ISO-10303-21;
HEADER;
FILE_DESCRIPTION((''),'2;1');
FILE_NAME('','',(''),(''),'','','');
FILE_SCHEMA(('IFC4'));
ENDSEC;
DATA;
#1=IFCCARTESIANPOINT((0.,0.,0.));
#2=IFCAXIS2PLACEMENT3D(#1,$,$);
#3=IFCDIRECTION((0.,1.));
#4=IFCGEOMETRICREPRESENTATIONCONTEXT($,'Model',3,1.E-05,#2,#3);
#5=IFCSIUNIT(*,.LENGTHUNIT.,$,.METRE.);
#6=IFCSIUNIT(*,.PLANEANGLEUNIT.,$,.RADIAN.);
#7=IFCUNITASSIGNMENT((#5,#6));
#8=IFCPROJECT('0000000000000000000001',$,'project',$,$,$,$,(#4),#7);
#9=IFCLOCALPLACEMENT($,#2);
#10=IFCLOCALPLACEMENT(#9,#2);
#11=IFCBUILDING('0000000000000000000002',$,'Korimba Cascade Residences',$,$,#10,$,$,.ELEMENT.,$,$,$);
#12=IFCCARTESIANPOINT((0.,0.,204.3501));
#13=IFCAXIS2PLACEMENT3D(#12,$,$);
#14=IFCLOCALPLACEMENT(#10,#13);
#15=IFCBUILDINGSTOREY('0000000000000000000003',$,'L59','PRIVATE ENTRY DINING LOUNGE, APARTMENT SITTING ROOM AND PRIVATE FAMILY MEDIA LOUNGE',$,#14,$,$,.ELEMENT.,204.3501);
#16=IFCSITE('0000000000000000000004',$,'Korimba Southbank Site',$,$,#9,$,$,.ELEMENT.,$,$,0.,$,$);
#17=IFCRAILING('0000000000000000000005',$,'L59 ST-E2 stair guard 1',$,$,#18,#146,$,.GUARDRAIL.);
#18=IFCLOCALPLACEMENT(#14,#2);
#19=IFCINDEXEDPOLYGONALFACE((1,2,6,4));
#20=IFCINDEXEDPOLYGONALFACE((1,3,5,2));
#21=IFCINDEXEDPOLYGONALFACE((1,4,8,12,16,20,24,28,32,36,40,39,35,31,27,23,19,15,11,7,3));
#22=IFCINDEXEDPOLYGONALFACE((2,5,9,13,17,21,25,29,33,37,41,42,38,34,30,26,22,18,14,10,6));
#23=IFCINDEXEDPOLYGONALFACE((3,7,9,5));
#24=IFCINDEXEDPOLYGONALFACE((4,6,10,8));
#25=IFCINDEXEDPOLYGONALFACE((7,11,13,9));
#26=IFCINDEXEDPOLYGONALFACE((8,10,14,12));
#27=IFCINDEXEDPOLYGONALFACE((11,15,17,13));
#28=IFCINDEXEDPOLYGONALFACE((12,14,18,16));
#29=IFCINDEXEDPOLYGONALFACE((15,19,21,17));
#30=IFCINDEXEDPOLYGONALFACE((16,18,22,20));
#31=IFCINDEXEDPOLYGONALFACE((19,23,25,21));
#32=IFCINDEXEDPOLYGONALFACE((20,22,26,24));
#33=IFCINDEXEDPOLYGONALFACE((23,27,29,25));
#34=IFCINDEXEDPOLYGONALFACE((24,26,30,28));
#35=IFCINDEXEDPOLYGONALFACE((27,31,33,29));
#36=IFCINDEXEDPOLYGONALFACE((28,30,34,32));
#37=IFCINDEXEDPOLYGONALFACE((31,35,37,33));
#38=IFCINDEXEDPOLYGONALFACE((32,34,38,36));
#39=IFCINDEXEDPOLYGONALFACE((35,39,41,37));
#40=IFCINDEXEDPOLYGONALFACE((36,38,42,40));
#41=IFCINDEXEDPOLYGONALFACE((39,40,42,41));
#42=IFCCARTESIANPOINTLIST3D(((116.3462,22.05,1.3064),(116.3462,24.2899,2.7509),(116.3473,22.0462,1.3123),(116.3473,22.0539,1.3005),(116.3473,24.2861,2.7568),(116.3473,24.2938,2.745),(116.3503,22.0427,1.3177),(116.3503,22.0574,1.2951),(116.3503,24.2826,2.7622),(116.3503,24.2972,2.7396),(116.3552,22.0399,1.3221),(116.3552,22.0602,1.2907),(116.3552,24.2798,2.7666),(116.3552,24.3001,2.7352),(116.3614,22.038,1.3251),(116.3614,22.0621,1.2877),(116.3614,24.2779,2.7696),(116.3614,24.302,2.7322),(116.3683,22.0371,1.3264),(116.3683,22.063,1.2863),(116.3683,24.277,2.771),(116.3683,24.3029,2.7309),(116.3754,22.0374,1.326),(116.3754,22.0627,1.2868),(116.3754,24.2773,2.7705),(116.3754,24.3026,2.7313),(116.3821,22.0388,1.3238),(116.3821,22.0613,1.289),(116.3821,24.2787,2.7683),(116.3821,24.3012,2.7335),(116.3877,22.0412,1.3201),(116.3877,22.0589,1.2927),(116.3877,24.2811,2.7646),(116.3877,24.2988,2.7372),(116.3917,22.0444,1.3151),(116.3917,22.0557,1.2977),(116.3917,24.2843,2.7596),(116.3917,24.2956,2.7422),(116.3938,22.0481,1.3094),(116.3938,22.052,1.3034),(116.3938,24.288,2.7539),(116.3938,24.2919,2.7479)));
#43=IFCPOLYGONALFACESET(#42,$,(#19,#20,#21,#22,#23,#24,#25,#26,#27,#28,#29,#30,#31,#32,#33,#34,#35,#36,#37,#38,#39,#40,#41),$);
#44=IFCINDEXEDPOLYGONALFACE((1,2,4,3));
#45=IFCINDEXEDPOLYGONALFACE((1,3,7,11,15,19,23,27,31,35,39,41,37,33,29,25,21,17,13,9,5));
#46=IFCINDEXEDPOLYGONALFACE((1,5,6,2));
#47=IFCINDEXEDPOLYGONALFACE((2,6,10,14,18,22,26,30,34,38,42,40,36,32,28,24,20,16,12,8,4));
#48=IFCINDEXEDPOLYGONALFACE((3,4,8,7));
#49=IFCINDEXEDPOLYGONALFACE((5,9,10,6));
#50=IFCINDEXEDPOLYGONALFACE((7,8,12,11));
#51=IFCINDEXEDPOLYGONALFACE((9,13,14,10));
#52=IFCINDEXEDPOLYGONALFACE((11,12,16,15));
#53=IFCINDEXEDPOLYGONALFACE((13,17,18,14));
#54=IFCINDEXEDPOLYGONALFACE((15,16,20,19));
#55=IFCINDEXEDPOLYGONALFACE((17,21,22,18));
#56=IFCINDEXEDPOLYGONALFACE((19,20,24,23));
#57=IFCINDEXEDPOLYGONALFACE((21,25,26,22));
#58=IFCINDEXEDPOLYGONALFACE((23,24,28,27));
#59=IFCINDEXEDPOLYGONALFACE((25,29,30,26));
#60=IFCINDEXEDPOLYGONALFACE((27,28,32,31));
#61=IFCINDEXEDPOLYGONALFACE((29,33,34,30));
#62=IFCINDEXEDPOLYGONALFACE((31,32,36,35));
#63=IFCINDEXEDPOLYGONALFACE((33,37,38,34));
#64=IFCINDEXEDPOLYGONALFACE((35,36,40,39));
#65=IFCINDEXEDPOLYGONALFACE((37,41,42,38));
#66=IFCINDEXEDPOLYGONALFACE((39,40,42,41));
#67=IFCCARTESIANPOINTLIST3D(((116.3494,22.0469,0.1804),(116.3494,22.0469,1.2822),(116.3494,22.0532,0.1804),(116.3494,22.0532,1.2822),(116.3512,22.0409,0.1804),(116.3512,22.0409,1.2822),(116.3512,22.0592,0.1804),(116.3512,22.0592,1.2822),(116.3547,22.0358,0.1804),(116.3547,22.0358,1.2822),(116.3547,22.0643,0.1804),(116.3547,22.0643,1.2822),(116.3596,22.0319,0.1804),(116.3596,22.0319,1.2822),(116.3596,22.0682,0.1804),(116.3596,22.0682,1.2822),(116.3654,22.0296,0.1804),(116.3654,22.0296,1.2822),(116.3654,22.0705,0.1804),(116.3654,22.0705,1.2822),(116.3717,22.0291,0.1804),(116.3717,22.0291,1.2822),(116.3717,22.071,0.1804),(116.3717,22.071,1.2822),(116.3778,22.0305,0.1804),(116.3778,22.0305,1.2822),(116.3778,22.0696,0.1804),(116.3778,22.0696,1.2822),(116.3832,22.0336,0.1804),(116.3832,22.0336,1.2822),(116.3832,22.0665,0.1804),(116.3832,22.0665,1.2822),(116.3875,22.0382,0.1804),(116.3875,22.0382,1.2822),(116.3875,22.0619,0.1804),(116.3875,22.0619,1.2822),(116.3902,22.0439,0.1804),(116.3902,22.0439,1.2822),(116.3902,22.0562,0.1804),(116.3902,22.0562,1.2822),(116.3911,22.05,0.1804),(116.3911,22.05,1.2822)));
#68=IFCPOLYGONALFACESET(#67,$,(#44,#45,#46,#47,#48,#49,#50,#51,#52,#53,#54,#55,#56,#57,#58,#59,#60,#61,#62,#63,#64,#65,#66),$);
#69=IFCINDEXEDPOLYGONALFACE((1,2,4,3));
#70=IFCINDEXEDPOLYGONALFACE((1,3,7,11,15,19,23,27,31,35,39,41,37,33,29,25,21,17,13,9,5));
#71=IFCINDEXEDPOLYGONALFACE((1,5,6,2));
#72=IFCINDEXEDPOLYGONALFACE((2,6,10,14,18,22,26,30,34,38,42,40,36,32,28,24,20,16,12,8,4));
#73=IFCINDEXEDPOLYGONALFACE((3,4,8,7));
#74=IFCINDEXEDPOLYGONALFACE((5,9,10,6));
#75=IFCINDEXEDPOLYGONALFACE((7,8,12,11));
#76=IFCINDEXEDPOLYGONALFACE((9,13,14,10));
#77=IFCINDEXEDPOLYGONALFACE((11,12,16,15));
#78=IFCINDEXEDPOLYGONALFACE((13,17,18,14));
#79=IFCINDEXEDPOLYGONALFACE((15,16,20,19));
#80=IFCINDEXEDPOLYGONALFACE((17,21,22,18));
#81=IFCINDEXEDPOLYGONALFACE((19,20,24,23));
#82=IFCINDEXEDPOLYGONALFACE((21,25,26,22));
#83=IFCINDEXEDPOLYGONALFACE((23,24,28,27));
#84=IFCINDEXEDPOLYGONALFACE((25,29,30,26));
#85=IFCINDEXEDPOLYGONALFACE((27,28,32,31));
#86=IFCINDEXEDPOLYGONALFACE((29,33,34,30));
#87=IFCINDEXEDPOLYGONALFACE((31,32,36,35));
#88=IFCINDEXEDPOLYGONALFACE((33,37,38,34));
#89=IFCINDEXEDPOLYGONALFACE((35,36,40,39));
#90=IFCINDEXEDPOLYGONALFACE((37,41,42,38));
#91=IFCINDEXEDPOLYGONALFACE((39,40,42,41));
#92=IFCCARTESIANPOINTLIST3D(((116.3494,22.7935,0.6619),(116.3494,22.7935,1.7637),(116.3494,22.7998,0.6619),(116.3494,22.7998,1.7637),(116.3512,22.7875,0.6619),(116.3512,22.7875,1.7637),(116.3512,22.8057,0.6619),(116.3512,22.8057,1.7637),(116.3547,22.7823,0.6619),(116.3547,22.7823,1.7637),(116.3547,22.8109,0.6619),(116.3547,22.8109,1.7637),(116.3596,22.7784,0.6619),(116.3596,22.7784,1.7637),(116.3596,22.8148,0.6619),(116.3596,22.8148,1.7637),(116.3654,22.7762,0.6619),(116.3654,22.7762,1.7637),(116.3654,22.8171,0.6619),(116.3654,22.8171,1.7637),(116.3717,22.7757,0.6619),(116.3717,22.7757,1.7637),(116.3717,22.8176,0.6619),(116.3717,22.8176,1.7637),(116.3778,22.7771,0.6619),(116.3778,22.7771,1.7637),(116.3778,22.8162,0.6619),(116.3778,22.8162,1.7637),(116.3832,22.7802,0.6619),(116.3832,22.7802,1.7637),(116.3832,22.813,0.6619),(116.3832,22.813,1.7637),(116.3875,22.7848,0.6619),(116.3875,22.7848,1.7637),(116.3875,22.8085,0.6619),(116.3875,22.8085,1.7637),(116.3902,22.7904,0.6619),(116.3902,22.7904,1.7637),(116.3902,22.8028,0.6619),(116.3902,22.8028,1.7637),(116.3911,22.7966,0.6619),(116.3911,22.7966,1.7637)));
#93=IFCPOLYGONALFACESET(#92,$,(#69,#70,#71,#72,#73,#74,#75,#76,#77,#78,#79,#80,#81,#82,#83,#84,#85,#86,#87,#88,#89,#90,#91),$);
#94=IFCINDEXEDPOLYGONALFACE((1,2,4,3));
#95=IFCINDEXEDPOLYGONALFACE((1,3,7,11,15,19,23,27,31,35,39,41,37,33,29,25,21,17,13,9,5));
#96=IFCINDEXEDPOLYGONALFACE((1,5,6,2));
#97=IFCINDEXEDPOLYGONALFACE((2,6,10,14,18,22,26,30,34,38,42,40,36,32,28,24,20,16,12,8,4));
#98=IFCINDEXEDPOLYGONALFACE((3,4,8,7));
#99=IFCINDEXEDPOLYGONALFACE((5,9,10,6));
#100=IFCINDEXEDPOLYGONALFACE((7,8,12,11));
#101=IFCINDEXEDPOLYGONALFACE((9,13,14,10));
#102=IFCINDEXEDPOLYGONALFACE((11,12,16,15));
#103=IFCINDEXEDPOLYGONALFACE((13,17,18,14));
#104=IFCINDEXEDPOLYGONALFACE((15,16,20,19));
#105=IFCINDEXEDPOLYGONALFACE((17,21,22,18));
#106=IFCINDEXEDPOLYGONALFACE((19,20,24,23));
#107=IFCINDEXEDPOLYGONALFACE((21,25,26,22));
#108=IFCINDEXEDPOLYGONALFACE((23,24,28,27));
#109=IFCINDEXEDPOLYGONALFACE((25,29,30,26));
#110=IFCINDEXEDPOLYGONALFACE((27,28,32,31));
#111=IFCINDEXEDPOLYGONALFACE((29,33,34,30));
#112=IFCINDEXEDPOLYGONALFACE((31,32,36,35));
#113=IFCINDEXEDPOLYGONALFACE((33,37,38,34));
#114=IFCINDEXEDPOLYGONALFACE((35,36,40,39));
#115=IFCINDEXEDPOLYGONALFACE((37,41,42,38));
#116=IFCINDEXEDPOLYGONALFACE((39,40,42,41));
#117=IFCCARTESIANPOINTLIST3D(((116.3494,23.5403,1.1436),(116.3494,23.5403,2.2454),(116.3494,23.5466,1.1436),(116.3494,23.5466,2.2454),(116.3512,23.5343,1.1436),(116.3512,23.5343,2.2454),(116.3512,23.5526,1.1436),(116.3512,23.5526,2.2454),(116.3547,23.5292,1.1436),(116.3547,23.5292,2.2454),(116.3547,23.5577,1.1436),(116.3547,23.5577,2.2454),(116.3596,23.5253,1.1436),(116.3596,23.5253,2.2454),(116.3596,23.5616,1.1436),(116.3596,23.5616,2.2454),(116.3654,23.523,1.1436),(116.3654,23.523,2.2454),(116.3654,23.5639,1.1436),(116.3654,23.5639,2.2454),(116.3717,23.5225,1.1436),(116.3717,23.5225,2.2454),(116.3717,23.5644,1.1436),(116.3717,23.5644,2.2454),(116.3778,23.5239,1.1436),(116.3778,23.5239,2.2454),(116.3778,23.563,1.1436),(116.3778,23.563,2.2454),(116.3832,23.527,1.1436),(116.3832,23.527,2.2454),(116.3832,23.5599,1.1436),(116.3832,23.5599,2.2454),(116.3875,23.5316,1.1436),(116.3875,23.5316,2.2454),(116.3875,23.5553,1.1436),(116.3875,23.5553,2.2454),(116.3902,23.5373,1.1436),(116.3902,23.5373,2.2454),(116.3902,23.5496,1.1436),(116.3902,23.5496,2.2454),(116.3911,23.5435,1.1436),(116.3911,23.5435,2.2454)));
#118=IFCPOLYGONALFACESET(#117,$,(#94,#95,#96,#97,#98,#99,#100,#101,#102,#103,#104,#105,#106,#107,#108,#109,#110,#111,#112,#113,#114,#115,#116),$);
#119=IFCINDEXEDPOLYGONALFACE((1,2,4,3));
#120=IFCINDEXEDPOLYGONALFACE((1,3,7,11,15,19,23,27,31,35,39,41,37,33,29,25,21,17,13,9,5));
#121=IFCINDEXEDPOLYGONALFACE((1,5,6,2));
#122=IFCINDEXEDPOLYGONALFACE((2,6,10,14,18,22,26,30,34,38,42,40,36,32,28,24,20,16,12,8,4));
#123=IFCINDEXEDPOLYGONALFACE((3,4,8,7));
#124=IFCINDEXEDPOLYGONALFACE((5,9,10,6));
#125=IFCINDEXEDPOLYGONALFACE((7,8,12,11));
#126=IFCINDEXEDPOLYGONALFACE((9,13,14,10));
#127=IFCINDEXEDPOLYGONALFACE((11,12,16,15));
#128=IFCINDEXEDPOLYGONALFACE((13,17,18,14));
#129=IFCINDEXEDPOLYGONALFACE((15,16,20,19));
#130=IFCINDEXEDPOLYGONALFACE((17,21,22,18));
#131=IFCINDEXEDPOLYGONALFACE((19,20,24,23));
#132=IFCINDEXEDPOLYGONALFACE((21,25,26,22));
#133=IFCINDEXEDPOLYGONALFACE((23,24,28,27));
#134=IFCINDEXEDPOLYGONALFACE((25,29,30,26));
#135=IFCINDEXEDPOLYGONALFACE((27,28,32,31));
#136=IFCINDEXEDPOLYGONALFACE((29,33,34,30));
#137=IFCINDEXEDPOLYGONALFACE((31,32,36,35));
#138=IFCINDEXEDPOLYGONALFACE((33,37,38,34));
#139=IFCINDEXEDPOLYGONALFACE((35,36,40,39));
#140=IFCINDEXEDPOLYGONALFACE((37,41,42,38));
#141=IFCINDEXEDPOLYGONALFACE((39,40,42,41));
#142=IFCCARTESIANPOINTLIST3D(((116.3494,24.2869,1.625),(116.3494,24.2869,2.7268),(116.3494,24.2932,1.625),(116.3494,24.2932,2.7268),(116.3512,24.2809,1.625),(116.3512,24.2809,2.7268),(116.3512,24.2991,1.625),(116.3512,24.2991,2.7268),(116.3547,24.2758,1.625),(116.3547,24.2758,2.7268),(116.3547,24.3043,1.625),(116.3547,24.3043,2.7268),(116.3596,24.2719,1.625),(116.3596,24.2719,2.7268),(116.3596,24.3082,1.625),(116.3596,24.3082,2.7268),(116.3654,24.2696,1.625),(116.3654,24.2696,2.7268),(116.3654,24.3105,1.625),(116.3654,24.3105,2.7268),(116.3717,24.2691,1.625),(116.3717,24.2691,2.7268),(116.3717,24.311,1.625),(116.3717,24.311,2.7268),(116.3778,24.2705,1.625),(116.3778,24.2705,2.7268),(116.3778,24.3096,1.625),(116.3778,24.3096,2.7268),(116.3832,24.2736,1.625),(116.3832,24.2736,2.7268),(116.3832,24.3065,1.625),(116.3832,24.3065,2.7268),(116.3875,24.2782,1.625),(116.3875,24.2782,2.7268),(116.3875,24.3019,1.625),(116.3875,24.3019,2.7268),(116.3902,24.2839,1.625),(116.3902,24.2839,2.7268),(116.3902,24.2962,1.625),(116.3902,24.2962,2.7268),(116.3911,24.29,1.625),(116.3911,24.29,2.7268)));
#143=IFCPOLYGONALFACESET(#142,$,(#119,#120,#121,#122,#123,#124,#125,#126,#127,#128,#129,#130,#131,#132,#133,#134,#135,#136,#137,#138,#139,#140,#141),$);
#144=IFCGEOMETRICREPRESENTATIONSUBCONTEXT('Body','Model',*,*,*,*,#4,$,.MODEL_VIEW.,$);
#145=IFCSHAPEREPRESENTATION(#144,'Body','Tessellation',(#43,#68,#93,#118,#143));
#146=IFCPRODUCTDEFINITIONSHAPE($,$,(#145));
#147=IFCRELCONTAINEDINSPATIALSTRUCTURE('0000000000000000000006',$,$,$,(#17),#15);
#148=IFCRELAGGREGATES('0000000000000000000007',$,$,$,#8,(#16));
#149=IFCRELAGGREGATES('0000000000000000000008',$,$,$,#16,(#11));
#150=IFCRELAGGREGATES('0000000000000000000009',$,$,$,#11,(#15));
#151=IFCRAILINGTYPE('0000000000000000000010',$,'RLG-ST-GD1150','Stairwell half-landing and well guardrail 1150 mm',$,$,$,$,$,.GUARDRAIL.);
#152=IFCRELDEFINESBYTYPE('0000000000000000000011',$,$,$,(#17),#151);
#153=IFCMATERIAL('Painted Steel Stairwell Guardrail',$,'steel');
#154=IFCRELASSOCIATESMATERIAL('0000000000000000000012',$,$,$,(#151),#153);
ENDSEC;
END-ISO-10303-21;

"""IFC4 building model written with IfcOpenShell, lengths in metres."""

from ifc_helpers import new_model, si_unit, direction, frame, origin, origin_2d, place, context, subcontext, project, spatial, circle, extrude, material, type_object, element, save


model = new_model("IFC4")

# Units and contexts
model_context = context("Model", 3, precision=1e-05, world=origin(), true_north=direction((0.0, 1.0)))
body_context = subcontext(model_context, "Body", "Model", "MODEL_VIEW")
ifc_project = project(units=[si_unit("LENGTHUNIT", "METRE"), si_unit("PLANEANGLEUNIT", "RADIAN")], contexts=[model_context])

# Site, building, storey
site_placement = place(None, origin())
site = spatial("IfcSite", under=ifc_project, at=site_placement, Name="Korimba Southbank Site", CompositionType="ELEMENT", RefElevation=0.0)
building_placement = place(site_placement, origin())
building = spatial("IfcBuilding", under=site, at=building_placement, Name="Korimba Cascade Residences", CompositionType="ELEMENT")
storey_placement = place(building_placement, frame((0.0, 0.0, 204.3501)))
storey = spatial("IfcBuildingStorey", under=building, at=storey_placement, Name="L59", Description="PRIVATE ENTRY DINING LOUNGE, APARTMENT SITTING ROOM AND PRIVATE FAMILY MEDIA LOUNGE", CompositionType="ELEMENT", Elevation=204.3501)

# Railing
ifc_material_1 = material(Name="Painted Steel Stairwell Guardrail", Category="steel")
railing_type_1 = type_object("IfcRailingType", Name="RLG-ST-GD1150", Description="Stairwell half-landing and well guardrail 1150 mm", PredefinedType="GUARDRAIL", material=ifc_material_1)
railing_1_placement = place(storey_placement, frame((116.3701, 22.05, 0.1804)))
element("IfcRailing", 1, at=railing_1_placement, inside=storey, type_object=railing_type_1, Name="L59 ST-E2 stair guard 1", PredefinedType="GUARDRAIL", context=body_context, shape_type="SweptSolid", body=[
    extrude(circle(Radius=0.0239, at=origin_2d()), frame((0.0, 0.0, 1.126), z_axis=(0.0, 0.840395, 0.541975), x_axis=(-1.0, 0.0, 0.0)), (0.0, 0.0, 1.0), 2.6653),
    extrude(circle(Radius=0.021, at=origin_2d()), origin(), (0.0, 0.0, 1.0), 1.1018),
    extrude(circle(Radius=0.021, at=origin_2d()), frame((0.0, 0.7466, 0.4814)), (0.0, 0.0, 1.0), 1.1018),
    extrude(circle(Radius=0.021, at=origin_2d()), frame((0.0, 1.4934, 0.9631)), (0.0, 0.0, 1.0), 1.1018),
    extrude(circle(Radius=0.021, at=origin_2d()), frame((0.0, 2.24, 1.4446)), (0.0, 0.0, 1.0), 1.1018),
])

save(model, "model.ifc")
